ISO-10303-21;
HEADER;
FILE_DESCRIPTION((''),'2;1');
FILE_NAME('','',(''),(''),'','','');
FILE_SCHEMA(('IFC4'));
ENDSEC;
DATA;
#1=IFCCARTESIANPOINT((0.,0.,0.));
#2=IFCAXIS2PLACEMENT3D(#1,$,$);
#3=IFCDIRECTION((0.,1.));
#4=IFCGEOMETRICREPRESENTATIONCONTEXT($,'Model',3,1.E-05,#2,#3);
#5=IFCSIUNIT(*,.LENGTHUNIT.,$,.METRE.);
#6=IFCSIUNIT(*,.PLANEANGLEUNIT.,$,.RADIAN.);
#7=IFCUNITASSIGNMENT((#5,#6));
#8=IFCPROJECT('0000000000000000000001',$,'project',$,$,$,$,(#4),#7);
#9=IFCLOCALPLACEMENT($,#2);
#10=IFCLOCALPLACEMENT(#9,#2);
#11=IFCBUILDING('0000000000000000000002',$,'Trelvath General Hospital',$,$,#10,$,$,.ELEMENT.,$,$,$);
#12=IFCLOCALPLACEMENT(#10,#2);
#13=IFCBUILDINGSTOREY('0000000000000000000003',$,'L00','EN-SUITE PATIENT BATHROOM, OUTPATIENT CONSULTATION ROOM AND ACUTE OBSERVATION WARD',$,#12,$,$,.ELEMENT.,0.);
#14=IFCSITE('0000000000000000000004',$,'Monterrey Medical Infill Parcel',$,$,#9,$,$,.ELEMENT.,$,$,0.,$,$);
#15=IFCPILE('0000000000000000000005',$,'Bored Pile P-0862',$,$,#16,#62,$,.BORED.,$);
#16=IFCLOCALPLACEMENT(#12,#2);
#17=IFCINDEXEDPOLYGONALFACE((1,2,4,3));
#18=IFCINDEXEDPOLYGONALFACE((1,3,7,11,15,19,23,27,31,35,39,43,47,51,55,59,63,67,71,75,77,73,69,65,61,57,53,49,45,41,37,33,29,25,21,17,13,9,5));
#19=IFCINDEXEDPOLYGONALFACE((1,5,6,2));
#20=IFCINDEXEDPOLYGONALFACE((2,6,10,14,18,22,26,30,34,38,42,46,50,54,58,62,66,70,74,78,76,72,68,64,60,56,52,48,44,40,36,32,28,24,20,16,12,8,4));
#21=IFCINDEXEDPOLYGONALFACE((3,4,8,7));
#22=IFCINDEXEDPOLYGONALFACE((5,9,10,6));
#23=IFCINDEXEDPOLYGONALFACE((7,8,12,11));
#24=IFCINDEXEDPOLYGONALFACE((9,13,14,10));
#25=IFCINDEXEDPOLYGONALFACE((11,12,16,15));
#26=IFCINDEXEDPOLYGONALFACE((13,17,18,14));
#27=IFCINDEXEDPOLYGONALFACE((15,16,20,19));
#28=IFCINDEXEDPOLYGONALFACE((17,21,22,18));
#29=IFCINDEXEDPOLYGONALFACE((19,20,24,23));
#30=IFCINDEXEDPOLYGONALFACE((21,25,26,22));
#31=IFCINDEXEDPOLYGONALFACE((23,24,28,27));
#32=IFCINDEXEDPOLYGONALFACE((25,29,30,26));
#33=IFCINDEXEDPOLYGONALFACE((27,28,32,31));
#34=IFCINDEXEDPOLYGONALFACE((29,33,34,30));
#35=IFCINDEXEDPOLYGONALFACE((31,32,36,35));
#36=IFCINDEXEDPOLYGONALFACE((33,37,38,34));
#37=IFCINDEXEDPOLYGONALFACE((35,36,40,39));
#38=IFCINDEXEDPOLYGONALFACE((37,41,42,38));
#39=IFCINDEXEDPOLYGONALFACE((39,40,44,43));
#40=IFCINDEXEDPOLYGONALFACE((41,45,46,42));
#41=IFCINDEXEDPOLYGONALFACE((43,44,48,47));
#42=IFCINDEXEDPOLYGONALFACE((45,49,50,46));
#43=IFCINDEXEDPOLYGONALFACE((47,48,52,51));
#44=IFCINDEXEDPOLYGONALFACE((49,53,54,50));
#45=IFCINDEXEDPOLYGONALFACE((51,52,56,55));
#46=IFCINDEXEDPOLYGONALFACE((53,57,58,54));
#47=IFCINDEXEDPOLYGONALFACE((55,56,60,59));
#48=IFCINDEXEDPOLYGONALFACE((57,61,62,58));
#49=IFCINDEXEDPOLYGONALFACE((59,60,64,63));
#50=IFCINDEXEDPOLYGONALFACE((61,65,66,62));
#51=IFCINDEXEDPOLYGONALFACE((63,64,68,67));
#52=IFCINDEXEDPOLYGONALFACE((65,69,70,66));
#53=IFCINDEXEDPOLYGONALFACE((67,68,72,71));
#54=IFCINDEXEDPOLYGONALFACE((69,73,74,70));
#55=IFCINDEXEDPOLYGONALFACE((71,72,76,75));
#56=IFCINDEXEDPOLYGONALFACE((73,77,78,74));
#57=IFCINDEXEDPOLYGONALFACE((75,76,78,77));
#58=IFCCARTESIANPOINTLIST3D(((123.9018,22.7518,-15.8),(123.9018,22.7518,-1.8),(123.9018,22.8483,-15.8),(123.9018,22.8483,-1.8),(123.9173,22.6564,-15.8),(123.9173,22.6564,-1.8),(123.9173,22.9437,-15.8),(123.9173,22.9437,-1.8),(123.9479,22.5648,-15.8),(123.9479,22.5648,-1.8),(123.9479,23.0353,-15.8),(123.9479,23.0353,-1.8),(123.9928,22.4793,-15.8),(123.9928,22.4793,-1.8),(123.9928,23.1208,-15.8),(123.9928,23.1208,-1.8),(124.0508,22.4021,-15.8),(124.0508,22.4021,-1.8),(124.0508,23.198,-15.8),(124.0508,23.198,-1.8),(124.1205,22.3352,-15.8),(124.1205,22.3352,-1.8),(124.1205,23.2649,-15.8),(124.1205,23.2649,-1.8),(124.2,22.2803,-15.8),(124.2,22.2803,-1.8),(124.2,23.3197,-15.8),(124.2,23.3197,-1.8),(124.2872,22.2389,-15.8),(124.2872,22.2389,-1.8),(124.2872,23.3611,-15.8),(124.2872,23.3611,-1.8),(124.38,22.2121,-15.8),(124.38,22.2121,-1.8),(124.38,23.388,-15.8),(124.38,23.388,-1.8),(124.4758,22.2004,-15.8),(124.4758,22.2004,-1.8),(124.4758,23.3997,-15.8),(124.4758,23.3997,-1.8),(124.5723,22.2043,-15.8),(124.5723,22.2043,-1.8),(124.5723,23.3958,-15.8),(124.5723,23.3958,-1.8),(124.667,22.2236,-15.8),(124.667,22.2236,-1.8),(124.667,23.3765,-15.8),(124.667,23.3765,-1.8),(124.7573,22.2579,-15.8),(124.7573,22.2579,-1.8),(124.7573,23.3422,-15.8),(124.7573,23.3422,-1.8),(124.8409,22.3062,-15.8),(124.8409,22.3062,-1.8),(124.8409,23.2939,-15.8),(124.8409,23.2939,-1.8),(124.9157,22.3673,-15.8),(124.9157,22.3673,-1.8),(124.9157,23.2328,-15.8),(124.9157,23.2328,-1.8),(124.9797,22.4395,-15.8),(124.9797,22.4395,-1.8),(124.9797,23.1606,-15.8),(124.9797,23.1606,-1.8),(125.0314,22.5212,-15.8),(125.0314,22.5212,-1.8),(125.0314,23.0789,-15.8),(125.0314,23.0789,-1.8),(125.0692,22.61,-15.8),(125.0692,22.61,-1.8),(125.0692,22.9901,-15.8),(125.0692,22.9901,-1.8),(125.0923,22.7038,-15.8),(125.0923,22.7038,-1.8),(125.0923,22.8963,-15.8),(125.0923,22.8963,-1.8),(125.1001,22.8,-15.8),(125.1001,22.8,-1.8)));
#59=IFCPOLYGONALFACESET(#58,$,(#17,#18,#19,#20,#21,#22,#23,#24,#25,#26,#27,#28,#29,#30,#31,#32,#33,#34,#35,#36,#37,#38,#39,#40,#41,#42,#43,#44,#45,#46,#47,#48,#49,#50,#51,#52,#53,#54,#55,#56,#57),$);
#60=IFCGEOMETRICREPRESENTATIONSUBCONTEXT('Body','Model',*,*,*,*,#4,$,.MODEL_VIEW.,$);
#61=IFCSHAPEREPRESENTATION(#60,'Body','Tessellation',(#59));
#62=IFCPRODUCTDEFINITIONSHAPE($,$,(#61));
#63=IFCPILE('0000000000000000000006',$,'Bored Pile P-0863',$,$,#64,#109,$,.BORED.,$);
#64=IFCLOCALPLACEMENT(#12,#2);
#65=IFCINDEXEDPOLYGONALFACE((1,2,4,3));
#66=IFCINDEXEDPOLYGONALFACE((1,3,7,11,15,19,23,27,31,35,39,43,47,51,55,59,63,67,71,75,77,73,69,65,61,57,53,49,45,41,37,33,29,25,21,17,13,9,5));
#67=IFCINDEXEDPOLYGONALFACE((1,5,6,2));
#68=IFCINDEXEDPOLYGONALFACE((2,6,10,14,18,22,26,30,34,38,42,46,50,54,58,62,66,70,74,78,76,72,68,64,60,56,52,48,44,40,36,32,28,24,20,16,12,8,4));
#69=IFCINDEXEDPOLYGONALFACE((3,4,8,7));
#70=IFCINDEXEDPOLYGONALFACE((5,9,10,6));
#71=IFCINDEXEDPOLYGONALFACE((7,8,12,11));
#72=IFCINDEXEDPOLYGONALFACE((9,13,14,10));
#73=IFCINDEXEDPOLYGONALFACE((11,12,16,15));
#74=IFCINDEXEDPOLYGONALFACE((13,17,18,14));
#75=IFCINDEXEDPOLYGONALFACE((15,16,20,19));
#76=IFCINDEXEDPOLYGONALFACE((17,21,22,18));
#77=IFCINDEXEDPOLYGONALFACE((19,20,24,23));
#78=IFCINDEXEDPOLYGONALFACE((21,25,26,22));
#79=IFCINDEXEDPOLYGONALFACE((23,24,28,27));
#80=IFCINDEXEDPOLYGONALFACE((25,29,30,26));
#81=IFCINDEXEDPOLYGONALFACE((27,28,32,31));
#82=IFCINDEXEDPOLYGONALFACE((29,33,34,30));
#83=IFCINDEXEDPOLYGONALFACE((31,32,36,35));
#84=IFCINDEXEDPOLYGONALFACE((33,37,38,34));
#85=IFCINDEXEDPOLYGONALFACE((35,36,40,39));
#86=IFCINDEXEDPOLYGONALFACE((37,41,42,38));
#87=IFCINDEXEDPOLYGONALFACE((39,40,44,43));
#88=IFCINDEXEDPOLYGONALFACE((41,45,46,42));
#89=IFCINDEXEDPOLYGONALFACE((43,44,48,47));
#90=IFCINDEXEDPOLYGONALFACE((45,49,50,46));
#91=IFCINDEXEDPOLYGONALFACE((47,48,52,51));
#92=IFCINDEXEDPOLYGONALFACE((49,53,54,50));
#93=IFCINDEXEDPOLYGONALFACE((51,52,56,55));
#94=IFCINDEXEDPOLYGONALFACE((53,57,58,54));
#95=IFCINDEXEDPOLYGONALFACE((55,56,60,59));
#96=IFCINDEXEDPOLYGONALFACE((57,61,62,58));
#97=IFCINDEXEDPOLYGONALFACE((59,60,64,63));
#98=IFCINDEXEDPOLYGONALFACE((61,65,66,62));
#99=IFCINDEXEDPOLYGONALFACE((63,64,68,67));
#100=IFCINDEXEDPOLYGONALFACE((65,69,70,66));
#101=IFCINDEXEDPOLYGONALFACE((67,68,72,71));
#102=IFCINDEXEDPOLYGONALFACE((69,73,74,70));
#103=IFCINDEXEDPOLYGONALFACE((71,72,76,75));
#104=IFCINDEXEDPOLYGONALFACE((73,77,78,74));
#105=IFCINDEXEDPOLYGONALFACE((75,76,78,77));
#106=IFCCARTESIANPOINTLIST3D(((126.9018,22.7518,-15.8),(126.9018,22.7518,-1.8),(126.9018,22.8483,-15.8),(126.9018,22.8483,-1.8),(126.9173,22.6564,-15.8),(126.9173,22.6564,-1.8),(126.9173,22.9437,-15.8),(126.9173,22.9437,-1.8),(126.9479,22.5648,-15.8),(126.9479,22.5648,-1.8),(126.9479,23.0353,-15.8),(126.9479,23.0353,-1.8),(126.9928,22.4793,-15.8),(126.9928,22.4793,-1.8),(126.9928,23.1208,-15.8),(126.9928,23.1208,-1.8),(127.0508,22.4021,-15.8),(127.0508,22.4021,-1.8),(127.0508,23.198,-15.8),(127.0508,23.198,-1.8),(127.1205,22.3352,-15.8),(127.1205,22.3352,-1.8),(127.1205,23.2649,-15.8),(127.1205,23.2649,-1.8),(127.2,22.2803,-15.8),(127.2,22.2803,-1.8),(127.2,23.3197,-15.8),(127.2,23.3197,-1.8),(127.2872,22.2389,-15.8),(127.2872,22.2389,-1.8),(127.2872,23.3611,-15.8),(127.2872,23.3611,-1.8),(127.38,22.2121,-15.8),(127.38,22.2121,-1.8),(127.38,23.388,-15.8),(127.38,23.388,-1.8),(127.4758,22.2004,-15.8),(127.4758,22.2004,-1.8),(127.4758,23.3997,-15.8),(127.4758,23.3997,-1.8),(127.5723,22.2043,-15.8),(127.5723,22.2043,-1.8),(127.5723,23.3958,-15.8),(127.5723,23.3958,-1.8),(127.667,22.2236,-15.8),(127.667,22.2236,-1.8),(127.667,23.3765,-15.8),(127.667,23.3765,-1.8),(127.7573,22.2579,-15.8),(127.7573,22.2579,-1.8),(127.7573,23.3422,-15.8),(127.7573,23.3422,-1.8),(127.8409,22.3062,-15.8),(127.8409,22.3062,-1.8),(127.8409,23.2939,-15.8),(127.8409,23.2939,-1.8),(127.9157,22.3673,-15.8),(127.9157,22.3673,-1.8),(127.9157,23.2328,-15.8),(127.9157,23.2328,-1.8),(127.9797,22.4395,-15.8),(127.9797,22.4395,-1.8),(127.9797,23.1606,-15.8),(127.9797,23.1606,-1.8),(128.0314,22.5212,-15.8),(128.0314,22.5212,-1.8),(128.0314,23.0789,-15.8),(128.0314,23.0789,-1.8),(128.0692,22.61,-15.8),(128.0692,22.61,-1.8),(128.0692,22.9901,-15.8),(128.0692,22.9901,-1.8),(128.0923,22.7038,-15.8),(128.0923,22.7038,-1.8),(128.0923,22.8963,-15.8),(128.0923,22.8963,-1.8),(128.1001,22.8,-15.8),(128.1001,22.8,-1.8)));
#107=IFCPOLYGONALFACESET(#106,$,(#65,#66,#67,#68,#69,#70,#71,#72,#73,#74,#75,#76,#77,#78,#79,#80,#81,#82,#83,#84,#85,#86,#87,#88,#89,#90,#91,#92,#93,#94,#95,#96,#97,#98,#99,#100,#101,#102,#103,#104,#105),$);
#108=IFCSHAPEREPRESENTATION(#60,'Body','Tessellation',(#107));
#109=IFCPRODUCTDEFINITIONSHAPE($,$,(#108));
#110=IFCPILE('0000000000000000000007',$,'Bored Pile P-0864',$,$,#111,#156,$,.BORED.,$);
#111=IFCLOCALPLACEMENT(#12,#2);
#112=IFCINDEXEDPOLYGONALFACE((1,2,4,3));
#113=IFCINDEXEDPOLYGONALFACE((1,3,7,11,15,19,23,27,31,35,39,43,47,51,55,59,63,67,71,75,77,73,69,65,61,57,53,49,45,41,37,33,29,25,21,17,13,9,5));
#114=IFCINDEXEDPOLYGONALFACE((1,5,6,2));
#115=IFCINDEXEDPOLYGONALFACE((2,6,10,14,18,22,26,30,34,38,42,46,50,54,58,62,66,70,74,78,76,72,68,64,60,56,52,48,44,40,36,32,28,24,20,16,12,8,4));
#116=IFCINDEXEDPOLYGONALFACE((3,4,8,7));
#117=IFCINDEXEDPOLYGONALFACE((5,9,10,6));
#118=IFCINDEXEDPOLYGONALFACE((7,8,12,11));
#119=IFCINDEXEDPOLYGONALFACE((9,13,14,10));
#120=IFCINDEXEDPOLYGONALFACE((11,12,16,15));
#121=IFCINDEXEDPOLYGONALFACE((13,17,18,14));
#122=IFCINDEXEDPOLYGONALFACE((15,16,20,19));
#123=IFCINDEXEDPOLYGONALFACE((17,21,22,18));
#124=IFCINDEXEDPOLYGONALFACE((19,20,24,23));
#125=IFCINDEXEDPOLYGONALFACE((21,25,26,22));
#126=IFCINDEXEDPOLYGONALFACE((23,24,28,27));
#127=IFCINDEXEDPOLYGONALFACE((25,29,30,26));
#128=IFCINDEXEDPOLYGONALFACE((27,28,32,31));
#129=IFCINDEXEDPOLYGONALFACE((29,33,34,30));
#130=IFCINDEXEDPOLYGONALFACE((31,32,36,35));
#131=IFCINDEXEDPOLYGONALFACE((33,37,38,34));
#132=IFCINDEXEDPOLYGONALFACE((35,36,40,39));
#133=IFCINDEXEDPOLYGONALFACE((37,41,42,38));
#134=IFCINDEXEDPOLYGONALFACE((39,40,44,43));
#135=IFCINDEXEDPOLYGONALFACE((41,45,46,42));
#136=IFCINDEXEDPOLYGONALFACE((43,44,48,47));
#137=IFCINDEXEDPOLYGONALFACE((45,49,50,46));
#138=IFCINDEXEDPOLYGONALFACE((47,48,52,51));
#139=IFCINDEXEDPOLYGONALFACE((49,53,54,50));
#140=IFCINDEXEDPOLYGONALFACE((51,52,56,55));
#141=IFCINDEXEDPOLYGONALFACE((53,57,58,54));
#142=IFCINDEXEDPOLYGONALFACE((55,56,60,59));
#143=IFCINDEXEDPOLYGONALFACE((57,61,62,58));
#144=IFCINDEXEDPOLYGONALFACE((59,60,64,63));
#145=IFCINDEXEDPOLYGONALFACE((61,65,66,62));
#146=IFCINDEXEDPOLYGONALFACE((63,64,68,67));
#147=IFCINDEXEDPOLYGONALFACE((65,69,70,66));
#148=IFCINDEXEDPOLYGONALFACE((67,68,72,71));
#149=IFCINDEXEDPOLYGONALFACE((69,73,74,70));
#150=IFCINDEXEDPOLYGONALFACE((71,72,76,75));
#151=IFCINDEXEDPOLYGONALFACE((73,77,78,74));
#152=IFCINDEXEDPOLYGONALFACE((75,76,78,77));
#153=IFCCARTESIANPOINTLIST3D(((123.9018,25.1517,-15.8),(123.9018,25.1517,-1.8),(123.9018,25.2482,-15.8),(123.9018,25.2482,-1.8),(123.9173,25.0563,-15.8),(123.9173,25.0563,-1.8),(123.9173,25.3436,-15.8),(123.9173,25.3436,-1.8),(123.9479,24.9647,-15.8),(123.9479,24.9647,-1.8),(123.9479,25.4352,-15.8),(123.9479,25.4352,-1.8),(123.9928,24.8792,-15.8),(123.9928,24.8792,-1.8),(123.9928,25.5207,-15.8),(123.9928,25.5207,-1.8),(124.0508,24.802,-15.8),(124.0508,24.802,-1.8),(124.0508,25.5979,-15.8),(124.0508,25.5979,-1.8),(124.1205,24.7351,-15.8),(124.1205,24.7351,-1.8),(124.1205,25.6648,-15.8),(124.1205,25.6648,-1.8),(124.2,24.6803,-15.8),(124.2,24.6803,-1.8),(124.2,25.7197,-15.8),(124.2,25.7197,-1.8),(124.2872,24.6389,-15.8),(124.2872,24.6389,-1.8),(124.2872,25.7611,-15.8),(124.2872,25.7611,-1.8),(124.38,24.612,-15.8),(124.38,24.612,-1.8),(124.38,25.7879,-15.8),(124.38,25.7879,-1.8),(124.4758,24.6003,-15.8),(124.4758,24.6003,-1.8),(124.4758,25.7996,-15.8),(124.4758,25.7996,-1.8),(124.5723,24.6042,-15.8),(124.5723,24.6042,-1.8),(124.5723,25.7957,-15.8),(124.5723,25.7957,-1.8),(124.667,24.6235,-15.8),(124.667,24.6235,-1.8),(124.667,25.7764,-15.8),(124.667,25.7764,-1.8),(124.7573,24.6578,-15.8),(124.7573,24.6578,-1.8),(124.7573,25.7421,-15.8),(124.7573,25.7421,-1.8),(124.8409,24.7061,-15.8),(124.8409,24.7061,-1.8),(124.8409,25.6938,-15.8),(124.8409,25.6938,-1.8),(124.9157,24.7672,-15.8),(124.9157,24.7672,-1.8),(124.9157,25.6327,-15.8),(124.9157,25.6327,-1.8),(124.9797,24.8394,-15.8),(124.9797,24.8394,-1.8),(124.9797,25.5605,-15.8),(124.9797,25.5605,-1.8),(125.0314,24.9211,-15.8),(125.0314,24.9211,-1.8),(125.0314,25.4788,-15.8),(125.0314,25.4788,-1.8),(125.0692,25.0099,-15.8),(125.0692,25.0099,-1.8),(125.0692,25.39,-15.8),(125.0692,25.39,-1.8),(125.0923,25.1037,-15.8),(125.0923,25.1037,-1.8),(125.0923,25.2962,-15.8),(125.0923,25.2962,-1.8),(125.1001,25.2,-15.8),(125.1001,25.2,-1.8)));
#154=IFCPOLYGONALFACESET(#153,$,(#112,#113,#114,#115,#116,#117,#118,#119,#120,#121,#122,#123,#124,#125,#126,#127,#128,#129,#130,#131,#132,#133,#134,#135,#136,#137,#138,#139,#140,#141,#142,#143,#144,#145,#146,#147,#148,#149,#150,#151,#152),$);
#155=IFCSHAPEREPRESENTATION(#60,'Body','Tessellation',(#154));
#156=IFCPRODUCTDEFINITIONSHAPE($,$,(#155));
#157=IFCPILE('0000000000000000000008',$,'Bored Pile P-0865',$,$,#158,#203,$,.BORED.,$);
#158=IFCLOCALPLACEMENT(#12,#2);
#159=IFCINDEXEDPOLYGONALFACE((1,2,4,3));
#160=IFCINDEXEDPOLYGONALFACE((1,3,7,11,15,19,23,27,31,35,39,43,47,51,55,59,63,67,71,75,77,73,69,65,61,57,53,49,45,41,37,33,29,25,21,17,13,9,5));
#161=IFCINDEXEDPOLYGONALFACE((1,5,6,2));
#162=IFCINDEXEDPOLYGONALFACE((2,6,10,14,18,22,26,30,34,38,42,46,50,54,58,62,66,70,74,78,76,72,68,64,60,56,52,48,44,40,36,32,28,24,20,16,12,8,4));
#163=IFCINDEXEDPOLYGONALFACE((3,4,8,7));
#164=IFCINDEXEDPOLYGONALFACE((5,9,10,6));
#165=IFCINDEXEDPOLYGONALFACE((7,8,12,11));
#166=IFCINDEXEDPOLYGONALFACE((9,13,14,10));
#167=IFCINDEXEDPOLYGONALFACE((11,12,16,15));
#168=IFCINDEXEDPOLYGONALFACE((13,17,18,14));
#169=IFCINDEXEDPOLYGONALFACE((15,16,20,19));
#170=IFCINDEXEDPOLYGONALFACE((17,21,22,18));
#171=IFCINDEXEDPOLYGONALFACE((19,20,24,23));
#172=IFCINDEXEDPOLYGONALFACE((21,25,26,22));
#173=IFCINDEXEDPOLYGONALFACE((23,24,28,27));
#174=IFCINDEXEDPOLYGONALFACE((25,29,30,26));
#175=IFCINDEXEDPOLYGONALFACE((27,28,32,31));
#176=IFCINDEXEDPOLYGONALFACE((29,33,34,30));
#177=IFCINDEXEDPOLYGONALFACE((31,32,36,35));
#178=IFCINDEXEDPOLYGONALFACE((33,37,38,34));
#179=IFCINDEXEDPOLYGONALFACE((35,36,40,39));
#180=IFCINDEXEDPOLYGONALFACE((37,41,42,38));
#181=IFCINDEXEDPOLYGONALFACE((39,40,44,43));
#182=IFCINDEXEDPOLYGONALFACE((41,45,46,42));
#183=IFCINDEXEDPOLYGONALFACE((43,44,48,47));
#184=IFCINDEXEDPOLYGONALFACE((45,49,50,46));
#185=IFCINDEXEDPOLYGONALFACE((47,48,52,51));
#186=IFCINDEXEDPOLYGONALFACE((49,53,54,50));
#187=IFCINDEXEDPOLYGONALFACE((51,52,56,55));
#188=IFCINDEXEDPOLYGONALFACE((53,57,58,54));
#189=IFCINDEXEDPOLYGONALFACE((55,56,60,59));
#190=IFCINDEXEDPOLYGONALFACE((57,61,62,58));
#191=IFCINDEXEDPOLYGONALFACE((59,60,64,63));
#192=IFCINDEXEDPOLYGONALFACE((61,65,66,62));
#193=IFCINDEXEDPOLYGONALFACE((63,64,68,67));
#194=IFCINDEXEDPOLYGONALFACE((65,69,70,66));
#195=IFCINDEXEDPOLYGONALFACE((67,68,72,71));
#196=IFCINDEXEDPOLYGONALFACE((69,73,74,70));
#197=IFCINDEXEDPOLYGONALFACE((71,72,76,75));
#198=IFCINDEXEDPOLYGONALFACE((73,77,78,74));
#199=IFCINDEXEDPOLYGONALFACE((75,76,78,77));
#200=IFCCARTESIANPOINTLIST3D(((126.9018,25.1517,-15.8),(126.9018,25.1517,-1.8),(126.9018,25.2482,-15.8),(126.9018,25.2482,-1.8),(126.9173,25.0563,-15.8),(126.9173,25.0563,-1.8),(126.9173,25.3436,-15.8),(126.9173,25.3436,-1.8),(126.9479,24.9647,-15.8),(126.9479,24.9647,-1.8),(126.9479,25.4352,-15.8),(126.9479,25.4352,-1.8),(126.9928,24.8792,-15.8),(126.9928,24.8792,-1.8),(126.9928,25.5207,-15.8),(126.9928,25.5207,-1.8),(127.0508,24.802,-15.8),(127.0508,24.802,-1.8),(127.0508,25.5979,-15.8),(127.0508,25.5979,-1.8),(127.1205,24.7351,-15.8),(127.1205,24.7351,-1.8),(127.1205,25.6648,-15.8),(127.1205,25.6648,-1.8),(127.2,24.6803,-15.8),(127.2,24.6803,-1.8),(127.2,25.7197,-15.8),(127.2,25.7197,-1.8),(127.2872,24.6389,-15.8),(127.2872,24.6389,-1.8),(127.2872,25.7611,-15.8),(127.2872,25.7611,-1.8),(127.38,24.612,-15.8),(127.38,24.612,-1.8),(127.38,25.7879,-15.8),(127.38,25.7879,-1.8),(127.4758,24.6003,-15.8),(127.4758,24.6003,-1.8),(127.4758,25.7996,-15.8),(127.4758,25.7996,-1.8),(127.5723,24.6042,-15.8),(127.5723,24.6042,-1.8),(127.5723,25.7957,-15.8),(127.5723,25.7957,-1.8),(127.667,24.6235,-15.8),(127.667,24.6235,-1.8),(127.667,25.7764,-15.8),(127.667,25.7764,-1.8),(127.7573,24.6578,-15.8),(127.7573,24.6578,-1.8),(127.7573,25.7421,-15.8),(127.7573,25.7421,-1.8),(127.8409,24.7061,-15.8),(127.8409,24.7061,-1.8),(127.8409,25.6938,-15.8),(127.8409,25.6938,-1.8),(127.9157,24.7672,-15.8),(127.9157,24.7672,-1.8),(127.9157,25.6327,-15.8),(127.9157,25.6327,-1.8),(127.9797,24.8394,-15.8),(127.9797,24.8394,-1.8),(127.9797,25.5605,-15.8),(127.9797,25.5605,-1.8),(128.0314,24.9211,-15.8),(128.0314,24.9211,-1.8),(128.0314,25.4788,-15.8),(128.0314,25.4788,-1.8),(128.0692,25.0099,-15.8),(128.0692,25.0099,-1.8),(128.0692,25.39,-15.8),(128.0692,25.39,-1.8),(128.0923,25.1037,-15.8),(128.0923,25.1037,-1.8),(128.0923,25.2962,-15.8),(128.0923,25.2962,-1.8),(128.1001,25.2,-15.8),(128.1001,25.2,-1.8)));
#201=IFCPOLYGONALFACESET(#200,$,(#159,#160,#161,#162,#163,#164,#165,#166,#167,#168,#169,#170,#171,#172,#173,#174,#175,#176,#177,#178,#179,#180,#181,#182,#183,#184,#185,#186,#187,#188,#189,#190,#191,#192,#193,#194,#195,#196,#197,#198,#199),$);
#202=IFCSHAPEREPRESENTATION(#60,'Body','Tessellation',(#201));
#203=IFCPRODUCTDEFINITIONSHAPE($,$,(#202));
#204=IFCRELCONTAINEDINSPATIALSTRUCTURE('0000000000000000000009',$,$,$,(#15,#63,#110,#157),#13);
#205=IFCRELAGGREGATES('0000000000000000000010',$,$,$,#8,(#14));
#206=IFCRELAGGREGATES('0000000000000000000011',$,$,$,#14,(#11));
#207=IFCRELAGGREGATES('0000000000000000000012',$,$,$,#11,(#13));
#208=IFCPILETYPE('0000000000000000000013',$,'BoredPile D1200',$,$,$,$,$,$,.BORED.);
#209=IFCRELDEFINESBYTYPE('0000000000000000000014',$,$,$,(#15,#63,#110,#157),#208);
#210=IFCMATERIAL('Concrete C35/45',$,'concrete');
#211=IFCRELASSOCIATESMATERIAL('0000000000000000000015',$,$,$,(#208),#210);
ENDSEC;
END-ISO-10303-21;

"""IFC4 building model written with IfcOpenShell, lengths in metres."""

from ifc_helpers import new_model, si_unit, direction, frame, origin, origin_2d, place, context, subcontext, project, spatial, circle, extrude, material, material_profile, profile_set, type_object, element, save


model = new_model("IFC4")

# Units and contexts
model_context = context("Model", 3, precision=1e-05, world=origin(), true_north=direction((0.0, 1.0)))
body_context = subcontext(model_context, "Body", "Model", "MODEL_VIEW")
ifc_project = project(units=[si_unit("LENGTHUNIT", "METRE"), si_unit("PLANEANGLEUNIT", "RADIAN")], contexts=[model_context])

# Site, building, storey
site_placement = place(None, origin())
site = spatial("IfcSite", under=ifc_project, at=site_placement, Name="Monterrey Medical Infill Parcel", CompositionType="ELEMENT", RefElevation=0.0)
building_placement = place(site_placement, origin())
building = spatial("IfcBuilding", under=site, at=building_placement, Name="Trelvath General Hospital", CompositionType="ELEMENT")
storey_placement = place(building_placement, origin())
storey = spatial("IfcBuildingStorey", under=building, at=storey_placement, Name="L00", Description="EN-SUITE PATIENT BATHROOM, OUTPATIENT CONSULTATION ROOM AND ACUTE OBSERVATION WARD", CompositionType="ELEMENT", Elevation=0.0)

# Piles
ifc_material_1 = material(Name="Concrete C35/45", Category="concrete")
ifc_material_profile_1 = material_profile(ifc_material_1, circle(Radius=0.6001, at=origin_2d()), Name="PILE1200")
ifc_profile_set_1 = profile_set([ifc_material_profile_1], Name="Concrete C35/45")
pile_type_1 = type_object("IfcPileType", Name="BoredPile D1200", PredefinedType="BORED", material=ifc_profile_set_1)
for number, where, z_axis, x_axis, name in (
    (1, (124.5, 22.8, -1.8), (0.0, 0.0, -1.0), (1.0, 0.0, 0.0), "Bored Pile P-0862"),
    (2, (127.5, 22.8, -1.8), (0.0, 0.0, -1.0), (1.0, 0.0, 0.0), "Bored Pile P-0863"),
    (3, (124.5, 25.2, -1.8), (0.0, 0.0, -1.0), (1.0, 0.0, 0.0), "Bored Pile P-0864"),
    (4, (127.5, 25.2, -1.8), (0.0, 0.0, -1.0), (1.0, 0.0, 0.0), "Bored Pile P-0865"),
):
    element("IfcPile", number, at=place(storey_placement, frame(where, z_axis=z_axis, x_axis=x_axis)), inside=storey, type_object=pile_type_1, Name=name, PredefinedType="BORED", context=body_context, shape_type="SweptSolid", body=[
        extrude(circle(Radius=0.6001, at=origin_2d()), origin(), (0.0, 0.0, 1.0), 14.0),
    ])

save(model, "model.ifc")
